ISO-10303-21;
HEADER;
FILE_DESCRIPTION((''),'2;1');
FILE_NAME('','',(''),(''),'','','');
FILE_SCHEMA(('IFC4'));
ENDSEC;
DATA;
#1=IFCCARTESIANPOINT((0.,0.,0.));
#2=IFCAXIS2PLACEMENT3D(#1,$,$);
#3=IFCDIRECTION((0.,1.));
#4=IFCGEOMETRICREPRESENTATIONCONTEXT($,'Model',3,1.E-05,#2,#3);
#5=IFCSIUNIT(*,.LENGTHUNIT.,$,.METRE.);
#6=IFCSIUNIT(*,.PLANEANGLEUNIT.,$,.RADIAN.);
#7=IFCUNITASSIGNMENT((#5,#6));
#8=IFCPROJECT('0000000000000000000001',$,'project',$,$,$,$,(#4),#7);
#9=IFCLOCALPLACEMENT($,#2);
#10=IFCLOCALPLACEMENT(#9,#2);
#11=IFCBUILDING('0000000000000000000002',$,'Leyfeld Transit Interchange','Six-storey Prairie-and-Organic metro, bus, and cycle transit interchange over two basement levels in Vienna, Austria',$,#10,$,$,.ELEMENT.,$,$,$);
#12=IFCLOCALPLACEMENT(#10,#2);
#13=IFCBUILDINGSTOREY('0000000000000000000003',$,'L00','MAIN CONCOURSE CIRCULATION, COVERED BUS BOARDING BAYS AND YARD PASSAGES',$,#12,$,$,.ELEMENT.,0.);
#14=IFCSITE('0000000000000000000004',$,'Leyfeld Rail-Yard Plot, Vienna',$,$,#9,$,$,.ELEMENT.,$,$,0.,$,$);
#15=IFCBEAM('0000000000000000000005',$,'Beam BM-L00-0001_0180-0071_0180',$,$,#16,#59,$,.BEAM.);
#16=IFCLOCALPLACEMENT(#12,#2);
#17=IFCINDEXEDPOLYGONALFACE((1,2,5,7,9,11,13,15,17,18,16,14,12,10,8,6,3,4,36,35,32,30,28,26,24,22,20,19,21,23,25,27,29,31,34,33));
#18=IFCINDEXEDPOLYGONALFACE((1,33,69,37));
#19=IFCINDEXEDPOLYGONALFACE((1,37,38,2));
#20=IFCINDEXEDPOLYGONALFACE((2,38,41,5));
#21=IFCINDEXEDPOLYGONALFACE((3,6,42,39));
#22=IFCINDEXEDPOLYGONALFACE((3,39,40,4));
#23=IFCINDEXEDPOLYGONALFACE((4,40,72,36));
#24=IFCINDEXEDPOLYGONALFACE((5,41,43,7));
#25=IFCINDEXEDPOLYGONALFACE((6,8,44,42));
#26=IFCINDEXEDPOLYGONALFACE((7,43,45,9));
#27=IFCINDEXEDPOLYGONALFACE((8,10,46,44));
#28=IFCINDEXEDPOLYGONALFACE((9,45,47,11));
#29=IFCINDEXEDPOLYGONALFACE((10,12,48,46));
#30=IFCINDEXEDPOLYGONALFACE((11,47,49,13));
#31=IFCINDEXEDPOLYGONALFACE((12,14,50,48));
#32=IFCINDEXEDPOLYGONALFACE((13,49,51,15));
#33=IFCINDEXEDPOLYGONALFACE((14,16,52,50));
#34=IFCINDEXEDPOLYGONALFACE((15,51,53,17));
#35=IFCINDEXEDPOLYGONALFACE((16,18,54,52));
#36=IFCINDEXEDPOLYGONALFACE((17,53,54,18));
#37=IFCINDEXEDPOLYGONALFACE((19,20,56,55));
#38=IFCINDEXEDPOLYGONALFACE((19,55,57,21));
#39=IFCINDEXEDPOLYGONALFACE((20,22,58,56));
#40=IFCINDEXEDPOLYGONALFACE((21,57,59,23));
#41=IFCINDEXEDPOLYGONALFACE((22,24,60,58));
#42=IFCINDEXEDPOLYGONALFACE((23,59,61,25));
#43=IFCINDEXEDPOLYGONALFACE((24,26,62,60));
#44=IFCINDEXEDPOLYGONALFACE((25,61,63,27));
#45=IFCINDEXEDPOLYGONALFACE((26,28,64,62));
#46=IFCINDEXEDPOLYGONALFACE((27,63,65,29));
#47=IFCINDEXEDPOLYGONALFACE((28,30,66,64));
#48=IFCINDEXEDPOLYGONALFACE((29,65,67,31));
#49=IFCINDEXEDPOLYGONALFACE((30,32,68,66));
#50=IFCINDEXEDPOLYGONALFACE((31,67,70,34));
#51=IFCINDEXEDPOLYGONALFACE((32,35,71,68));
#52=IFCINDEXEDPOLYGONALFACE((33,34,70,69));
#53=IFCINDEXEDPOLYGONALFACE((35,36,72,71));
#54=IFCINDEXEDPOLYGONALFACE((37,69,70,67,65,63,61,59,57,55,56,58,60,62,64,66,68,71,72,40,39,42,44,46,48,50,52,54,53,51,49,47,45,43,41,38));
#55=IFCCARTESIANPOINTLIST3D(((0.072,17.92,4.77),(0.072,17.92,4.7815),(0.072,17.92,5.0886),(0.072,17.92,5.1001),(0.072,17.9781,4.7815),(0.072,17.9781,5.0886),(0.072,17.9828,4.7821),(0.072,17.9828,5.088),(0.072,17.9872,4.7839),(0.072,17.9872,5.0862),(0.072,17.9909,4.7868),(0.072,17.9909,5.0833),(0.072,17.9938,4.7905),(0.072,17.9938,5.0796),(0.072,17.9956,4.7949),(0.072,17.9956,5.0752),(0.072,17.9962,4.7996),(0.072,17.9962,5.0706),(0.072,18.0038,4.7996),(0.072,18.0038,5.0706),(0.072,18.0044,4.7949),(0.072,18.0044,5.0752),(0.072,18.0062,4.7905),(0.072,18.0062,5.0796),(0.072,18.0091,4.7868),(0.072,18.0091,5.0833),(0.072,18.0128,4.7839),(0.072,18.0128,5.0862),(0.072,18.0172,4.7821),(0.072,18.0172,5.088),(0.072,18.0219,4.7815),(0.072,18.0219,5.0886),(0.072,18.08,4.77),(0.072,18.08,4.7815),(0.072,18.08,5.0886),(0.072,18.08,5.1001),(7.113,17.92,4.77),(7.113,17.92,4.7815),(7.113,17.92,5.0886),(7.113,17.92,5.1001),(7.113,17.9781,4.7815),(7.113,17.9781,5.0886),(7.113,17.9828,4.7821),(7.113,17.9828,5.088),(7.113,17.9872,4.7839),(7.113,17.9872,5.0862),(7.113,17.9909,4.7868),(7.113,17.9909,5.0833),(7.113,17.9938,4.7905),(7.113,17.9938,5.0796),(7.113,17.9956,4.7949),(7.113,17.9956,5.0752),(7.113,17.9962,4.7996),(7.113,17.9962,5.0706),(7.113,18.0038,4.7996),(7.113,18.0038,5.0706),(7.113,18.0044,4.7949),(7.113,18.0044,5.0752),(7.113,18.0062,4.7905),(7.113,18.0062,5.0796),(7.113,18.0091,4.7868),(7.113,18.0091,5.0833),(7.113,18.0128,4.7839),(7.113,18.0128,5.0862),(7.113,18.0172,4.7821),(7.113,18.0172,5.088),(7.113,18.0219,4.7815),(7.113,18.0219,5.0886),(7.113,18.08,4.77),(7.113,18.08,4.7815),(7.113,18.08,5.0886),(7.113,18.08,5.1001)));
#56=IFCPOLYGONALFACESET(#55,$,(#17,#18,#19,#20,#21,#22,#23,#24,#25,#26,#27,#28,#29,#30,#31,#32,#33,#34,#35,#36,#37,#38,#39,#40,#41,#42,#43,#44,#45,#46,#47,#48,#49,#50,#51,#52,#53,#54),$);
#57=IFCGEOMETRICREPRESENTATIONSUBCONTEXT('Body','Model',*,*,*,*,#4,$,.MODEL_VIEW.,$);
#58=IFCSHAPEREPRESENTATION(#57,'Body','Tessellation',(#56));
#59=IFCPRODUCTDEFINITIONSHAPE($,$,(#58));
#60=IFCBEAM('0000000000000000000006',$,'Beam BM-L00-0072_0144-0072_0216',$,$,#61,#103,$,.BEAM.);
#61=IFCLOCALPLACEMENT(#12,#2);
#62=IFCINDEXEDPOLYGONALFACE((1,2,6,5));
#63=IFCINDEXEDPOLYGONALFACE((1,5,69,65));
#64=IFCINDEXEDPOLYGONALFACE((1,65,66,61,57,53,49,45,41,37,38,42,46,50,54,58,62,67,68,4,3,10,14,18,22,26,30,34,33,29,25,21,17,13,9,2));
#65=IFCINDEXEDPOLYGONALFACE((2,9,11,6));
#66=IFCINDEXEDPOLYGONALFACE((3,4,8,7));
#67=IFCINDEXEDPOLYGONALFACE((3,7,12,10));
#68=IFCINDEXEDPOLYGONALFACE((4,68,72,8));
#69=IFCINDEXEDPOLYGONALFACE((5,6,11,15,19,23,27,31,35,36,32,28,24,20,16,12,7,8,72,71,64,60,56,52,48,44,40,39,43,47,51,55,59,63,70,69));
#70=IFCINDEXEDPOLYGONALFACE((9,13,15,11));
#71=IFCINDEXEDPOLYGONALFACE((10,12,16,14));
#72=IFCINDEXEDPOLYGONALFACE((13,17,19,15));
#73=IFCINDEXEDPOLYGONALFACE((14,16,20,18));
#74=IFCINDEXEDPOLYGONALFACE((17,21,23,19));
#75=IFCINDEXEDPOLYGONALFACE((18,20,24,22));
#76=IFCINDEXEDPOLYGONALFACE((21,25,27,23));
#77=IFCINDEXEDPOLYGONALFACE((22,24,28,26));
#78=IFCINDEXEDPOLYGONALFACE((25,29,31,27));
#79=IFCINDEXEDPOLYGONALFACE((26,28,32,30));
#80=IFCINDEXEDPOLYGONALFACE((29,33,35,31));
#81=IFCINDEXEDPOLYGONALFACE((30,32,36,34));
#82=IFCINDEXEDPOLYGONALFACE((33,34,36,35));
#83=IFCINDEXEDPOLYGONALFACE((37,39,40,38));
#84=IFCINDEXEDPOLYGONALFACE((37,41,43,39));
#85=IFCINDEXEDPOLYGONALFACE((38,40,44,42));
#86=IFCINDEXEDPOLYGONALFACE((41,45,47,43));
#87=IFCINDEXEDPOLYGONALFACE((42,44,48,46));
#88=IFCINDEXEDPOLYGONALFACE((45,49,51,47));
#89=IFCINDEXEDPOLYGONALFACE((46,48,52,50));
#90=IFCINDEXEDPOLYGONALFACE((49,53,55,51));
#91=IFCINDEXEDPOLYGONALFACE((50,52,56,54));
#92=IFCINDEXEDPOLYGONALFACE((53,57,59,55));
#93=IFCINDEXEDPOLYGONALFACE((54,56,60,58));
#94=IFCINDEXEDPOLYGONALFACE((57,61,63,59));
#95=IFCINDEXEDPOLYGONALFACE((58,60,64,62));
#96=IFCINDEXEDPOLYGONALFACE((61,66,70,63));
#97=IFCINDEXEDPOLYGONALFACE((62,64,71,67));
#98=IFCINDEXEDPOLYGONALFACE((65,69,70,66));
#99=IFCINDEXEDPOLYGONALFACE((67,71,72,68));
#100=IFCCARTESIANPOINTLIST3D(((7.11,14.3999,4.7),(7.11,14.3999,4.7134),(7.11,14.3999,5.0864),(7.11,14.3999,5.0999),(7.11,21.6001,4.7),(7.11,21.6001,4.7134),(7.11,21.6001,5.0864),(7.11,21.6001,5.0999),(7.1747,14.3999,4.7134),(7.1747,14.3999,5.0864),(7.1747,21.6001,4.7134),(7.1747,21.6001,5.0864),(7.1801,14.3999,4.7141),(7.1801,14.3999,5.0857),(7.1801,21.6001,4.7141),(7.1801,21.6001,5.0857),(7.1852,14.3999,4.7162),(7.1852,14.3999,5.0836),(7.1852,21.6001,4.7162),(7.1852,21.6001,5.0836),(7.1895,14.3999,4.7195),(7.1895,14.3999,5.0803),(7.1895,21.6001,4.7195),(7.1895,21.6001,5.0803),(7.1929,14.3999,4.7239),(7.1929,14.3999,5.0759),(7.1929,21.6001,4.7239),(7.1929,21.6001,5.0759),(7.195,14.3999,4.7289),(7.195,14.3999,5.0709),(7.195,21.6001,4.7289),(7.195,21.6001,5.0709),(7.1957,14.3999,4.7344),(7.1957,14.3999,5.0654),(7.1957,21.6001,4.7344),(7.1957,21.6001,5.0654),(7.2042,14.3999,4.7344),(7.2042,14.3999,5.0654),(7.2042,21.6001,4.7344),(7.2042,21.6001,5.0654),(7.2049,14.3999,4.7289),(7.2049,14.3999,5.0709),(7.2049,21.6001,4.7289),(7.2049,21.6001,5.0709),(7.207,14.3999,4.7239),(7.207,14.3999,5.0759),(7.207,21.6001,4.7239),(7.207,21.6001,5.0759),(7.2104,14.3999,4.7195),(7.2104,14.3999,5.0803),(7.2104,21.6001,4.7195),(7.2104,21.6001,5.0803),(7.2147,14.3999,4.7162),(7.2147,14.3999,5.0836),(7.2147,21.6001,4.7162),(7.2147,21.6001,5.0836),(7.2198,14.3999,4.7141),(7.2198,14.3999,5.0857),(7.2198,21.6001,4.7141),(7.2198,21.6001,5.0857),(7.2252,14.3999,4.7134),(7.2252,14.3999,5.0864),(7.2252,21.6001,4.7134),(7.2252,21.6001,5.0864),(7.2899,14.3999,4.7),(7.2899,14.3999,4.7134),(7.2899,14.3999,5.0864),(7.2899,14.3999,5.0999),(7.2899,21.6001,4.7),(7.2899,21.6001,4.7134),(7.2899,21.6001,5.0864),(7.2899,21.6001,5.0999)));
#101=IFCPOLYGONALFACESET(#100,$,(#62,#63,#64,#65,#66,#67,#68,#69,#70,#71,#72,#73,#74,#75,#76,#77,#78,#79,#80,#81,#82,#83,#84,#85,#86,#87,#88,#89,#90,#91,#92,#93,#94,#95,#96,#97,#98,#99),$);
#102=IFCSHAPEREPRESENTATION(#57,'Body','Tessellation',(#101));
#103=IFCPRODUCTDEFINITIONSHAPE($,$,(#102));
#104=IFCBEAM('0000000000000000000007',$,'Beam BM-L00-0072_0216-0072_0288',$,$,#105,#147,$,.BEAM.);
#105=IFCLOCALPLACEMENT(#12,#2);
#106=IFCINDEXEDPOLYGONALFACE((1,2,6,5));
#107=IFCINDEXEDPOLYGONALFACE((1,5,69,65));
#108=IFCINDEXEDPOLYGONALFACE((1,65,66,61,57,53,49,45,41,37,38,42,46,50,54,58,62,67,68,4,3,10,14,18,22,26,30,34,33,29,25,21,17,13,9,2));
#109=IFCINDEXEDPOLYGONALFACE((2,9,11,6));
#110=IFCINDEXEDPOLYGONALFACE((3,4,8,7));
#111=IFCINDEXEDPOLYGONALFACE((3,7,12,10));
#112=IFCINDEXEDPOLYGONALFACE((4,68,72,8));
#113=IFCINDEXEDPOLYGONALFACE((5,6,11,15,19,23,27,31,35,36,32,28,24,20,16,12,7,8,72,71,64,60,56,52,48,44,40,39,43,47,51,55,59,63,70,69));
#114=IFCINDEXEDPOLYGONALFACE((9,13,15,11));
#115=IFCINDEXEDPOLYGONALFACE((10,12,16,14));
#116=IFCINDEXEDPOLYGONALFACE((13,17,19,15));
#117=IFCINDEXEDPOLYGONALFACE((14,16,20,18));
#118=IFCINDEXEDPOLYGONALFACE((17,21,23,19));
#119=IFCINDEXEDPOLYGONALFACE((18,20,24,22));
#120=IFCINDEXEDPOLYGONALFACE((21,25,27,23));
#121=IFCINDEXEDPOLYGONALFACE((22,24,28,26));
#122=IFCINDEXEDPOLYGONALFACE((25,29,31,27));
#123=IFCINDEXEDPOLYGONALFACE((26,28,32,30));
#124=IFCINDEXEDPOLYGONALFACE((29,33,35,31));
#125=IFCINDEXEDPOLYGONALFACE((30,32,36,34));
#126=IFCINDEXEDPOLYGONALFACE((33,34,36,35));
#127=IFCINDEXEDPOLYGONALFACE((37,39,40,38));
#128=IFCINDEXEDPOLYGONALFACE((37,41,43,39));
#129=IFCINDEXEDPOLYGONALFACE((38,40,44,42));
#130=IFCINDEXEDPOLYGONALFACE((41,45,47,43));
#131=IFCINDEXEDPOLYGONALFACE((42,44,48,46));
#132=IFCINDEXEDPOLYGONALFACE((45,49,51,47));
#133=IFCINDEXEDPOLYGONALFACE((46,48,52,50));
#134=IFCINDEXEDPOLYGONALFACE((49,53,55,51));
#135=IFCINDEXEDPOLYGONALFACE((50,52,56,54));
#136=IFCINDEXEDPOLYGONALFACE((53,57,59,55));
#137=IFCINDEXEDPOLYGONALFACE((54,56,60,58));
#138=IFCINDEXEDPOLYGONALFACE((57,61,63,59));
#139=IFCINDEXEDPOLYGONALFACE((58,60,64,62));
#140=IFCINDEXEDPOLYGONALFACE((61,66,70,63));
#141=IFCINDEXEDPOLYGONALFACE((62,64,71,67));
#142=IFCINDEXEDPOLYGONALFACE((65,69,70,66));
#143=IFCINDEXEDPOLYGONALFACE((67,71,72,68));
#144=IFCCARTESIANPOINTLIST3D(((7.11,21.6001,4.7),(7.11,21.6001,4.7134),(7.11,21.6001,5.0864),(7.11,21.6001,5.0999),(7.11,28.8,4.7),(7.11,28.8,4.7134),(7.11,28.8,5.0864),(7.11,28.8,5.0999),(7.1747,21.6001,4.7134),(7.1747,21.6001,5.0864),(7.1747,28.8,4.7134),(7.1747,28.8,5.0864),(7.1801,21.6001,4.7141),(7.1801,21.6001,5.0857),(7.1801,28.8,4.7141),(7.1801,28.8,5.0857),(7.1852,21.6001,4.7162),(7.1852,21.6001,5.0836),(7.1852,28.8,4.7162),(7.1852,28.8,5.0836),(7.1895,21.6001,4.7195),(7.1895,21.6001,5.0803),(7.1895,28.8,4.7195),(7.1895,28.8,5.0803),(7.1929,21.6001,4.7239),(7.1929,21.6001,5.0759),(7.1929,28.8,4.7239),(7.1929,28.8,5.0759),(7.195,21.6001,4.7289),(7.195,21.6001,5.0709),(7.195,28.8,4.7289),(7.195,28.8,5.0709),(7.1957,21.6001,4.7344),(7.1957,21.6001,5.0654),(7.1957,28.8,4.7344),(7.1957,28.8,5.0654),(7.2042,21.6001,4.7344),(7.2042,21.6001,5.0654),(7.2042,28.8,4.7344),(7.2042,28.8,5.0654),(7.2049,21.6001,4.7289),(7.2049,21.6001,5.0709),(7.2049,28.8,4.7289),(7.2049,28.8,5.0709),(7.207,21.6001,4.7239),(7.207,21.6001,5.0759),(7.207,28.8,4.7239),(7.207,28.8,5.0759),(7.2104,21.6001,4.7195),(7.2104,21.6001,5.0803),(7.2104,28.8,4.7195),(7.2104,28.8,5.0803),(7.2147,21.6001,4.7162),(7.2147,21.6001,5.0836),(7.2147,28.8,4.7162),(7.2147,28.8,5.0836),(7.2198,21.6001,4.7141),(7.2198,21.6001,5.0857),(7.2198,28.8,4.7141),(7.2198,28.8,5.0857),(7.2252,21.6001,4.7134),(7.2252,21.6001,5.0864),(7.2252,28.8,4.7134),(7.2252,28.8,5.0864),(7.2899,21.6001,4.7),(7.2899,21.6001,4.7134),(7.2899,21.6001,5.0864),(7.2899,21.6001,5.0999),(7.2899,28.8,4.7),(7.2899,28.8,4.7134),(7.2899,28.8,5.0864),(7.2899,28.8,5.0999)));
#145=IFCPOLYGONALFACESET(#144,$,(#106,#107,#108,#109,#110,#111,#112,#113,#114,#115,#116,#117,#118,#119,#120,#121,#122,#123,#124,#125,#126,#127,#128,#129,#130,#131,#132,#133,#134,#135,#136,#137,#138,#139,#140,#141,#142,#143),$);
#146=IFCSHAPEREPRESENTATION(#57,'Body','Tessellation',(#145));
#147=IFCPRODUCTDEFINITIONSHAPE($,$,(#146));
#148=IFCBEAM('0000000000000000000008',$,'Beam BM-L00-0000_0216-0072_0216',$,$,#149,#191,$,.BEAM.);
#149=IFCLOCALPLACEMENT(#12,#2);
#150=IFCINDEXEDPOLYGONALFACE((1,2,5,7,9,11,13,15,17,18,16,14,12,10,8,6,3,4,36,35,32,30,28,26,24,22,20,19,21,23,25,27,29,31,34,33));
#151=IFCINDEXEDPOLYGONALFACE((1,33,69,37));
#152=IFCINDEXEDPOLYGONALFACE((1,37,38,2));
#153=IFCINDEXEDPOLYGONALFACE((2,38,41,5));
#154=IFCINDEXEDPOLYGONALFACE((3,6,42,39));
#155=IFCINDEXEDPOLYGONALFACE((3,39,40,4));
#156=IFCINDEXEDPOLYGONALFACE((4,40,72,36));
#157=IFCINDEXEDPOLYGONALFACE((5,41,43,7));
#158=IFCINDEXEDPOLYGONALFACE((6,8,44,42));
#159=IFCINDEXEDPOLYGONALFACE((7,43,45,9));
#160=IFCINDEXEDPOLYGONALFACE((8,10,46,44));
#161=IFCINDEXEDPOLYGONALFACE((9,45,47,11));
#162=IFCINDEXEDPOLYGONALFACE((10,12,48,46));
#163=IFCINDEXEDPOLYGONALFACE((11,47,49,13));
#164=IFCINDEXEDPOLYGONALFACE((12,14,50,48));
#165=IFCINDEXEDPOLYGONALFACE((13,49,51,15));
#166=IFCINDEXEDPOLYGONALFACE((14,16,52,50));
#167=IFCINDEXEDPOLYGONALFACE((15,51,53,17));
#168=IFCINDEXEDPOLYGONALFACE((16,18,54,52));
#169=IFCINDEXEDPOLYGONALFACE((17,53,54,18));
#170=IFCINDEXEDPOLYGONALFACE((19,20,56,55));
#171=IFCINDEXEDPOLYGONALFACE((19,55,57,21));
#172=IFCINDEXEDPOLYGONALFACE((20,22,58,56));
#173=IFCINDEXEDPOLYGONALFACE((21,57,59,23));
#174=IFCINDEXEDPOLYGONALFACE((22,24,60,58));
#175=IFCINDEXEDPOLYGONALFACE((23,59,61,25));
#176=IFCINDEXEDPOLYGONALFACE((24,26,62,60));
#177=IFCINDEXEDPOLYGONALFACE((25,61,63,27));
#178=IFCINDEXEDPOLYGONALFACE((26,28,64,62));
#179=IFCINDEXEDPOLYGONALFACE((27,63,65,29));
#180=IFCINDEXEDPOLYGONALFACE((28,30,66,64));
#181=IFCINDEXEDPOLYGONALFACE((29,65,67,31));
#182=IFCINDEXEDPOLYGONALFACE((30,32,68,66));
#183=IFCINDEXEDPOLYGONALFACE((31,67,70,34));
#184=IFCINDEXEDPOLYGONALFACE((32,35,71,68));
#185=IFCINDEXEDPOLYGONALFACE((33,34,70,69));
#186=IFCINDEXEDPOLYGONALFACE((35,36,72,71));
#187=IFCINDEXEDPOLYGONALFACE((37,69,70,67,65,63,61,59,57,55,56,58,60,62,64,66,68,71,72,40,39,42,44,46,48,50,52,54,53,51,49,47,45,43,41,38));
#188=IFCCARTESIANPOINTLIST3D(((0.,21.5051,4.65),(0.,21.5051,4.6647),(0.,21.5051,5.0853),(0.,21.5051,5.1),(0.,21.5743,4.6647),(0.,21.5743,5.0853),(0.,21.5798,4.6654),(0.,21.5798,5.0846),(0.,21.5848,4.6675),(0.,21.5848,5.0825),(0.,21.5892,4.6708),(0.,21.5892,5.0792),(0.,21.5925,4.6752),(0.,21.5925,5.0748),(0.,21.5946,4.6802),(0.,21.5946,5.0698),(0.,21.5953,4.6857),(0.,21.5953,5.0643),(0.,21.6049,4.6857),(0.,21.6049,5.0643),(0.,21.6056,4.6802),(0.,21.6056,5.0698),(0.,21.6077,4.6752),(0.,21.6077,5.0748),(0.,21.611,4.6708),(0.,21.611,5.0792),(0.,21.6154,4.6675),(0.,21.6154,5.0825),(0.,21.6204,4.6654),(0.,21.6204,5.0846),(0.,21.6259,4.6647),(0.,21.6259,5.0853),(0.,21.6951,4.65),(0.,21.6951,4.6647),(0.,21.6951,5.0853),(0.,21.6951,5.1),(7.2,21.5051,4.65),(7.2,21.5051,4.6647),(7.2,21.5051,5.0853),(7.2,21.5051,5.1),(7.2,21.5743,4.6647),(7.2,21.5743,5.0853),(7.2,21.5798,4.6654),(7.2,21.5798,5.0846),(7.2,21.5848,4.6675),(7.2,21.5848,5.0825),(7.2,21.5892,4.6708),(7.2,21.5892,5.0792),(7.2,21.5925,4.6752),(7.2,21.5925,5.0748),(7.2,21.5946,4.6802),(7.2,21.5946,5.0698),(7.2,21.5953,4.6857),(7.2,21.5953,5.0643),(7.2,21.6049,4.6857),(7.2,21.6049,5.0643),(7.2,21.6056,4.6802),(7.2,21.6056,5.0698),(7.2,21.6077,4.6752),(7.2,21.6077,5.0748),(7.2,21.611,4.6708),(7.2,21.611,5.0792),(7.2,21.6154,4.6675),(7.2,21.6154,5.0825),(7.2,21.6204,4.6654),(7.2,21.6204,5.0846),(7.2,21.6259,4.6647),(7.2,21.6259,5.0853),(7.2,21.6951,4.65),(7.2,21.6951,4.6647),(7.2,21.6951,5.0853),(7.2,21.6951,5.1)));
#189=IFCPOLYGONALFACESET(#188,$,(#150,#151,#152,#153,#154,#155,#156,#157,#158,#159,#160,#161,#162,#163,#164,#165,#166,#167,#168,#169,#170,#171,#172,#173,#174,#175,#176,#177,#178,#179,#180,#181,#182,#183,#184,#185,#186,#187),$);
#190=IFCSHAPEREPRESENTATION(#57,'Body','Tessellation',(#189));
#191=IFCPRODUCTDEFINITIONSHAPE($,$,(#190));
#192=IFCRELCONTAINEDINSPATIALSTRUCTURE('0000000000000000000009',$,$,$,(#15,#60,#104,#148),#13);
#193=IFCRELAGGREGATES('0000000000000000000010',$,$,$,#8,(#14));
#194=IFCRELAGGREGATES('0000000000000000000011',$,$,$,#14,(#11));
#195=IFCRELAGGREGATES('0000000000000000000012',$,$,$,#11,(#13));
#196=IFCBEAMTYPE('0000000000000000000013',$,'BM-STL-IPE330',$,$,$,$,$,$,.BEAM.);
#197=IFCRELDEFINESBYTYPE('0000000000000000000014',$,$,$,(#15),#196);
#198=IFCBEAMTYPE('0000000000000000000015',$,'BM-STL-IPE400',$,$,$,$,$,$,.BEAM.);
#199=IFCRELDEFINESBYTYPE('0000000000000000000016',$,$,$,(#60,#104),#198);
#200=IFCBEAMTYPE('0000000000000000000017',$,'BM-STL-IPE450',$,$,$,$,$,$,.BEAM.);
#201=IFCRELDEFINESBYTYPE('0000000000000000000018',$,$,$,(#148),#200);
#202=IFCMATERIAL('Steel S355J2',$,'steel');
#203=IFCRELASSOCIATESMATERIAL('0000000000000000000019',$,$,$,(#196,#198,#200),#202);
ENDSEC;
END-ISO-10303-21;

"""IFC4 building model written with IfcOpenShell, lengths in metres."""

from ifc_helpers import new_model, si_unit, direction, frame, origin, origin_2d, place, context, subcontext, project, spatial, i_section, extrude, material, material_profile, profile_set, type_object, element, save


model = new_model("IFC4")

# Units and contexts
model_context = context("Model", 3, precision=1e-05, world=origin(), true_north=direction((0.0, 1.0)))
body_context = subcontext(model_context, "Body", "Model", "MODEL_VIEW")
ifc_project = project(units=[si_unit("LENGTHUNIT", "METRE"), si_unit("PLANEANGLEUNIT", "RADIAN")], contexts=[model_context])

# Site, building, storey
site_placement = place(None, origin())
site = spatial("IfcSite", under=ifc_project, at=site_placement, Name="Leyfeld Rail-Yard Plot, Vienna", CompositionType="ELEMENT", RefElevation=0.0)
building_placement = place(site_placement, origin())
building = spatial("IfcBuilding", under=site, at=building_placement, Name="Leyfeld Transit Interchange", Description="Six-storey Prairie-and-Organic metro, bus, and cycle transit interchange over two basement levels in Vienna, Austria", CompositionType="ELEMENT")
storey_placement = place(building_placement, origin())
storey = spatial("IfcBuildingStorey", under=building, at=storey_placement, Name="L00", Description="MAIN CONCOURSE CIRCULATION, COVERED BUS BOARDING BAYS AND YARD PASSAGES", CompositionType="ELEMENT", Elevation=0.0)

# Shared definitions
ifc_material_1 = material(Name="Steel S355J2", Category="steel")

# Beams
ifc_material_profile_1 = material_profile(ifc_material_1, i_section(OverallWidth=0.1599, OverallDepth=0.3301, WebThickness=0.0076, FlangeThickness=0.0115, FilletRadius=0.0181, at=origin_2d()), Name="IPE 330")
ifc_profile_set_1 = profile_set([ifc_material_profile_1], Name="Steel S355J2")
beam_type_1 = type_object("IfcBeamType", Name="BM-STL-IPE330", PredefinedType="BEAM", material=ifc_profile_set_1)
beam_1_placement = place(storey_placement, frame((0.072, 18.0, 4.9351), z_axis=(1.0, 0.0, 0.0), x_axis=(0.0, 1.0, 0.0)))
element("IfcBeam", 1, at=beam_1_placement, inside=storey, type_object=beam_type_1, Name="Beam BM-L00-0001_0180-0071_0180", PredefinedType="BEAM", context=body_context, shape_type="SweptSolid", body=[
    extrude(i_section(OverallWidth=0.1599, OverallDepth=0.3301, WebThickness=0.0076, FlangeThickness=0.0115, FilletRadius=0.0181, at=origin_2d()), origin(), (0.0, 0.0, 1.0), 7.041),
])
ifc_material_profile_2 = material_profile(ifc_material_1, i_section(OverallWidth=0.1799, OverallDepth=0.3999, WebThickness=0.0085, FlangeThickness=0.0134, FilletRadius=0.021, at=origin_2d()), Name="IPE 400")
ifc_profile_set_2 = profile_set([ifc_material_profile_2], Name="Steel S355J2")
beam_type_2 = type_object("IfcBeamType", Name="BM-STL-IPE400", PredefinedType="BEAM", material=ifc_profile_set_2)
beam_2_placement = place(storey_placement, frame((7.2, 14.3999, 4.8999), z_axis=(0.0, 1.0, 0.0), x_axis=(-1.0, 0.0, 0.0)))
element("IfcBeam", 2, at=beam_2_placement, inside=storey, type_object=beam_type_2, Name="Beam BM-L00-0072_0144-0072_0216", PredefinedType="BEAM", context=body_context, shape_type="SweptSolid", body=[
    extrude(i_section(OverallWidth=0.1799, OverallDepth=0.3999, WebThickness=0.0085, FlangeThickness=0.0134, FilletRadius=0.021, at=origin_2d()), origin(), (0.0, 0.0, 1.0), 7.2002),
])
beam_3_placement = place(storey_placement, frame((7.2, 21.6001, 4.8999), z_axis=(0.0, 1.0, 0.0), x_axis=(-1.0, 0.0, 0.0)))
element("IfcBeam", 3, at=beam_3_placement, inside=storey, type_object=beam_type_2, Name="Beam BM-L00-0072_0216-0072_0288", PredefinedType="BEAM", context=body_context, shape_type="SweptSolid", body=[
    extrude(i_section(OverallWidth=0.1799, OverallDepth=0.3999, WebThickness=0.0085, FlangeThickness=0.0134, FilletRadius=0.021, at=origin_2d()), origin(), (0.0, 0.0, 1.0), 7.2),
])
ifc_material_profile_3 = material_profile(ifc_material_1, i_section(OverallWidth=0.1899, OverallDepth=0.45, WebThickness=0.0095, FlangeThickness=0.0146, FilletRadius=0.021, at=origin_2d()), Name="IPE 450")
ifc_profile_set_3 = profile_set([ifc_material_profile_3], Name="Steel S355J2")
beam_type_3 = type_object("IfcBeamType", Name="BM-STL-IPE450", PredefinedType="BEAM", material=ifc_profile_set_3)
beam_4_placement = place(storey_placement, frame((0.0, 21.6001, 4.875), z_axis=(1.0, 0.0, 0.0), x_axis=(0.0, 1.0, 0.0)))
element("IfcBeam", 4, at=beam_4_placement, inside=storey, type_object=beam_type_3, Name="Beam BM-L00-0000_0216-0072_0216", PredefinedType="BEAM", context=body_context, shape_type="SweptSolid", body=[
    extrude(i_section(OverallWidth=0.1899, OverallDepth=0.45, WebThickness=0.0095, FlangeThickness=0.0146, FilletRadius=0.021, at=origin_2d()), origin(), (0.0, 0.0, 1.0), 7.2),
])

save(model, "model.ifc")
